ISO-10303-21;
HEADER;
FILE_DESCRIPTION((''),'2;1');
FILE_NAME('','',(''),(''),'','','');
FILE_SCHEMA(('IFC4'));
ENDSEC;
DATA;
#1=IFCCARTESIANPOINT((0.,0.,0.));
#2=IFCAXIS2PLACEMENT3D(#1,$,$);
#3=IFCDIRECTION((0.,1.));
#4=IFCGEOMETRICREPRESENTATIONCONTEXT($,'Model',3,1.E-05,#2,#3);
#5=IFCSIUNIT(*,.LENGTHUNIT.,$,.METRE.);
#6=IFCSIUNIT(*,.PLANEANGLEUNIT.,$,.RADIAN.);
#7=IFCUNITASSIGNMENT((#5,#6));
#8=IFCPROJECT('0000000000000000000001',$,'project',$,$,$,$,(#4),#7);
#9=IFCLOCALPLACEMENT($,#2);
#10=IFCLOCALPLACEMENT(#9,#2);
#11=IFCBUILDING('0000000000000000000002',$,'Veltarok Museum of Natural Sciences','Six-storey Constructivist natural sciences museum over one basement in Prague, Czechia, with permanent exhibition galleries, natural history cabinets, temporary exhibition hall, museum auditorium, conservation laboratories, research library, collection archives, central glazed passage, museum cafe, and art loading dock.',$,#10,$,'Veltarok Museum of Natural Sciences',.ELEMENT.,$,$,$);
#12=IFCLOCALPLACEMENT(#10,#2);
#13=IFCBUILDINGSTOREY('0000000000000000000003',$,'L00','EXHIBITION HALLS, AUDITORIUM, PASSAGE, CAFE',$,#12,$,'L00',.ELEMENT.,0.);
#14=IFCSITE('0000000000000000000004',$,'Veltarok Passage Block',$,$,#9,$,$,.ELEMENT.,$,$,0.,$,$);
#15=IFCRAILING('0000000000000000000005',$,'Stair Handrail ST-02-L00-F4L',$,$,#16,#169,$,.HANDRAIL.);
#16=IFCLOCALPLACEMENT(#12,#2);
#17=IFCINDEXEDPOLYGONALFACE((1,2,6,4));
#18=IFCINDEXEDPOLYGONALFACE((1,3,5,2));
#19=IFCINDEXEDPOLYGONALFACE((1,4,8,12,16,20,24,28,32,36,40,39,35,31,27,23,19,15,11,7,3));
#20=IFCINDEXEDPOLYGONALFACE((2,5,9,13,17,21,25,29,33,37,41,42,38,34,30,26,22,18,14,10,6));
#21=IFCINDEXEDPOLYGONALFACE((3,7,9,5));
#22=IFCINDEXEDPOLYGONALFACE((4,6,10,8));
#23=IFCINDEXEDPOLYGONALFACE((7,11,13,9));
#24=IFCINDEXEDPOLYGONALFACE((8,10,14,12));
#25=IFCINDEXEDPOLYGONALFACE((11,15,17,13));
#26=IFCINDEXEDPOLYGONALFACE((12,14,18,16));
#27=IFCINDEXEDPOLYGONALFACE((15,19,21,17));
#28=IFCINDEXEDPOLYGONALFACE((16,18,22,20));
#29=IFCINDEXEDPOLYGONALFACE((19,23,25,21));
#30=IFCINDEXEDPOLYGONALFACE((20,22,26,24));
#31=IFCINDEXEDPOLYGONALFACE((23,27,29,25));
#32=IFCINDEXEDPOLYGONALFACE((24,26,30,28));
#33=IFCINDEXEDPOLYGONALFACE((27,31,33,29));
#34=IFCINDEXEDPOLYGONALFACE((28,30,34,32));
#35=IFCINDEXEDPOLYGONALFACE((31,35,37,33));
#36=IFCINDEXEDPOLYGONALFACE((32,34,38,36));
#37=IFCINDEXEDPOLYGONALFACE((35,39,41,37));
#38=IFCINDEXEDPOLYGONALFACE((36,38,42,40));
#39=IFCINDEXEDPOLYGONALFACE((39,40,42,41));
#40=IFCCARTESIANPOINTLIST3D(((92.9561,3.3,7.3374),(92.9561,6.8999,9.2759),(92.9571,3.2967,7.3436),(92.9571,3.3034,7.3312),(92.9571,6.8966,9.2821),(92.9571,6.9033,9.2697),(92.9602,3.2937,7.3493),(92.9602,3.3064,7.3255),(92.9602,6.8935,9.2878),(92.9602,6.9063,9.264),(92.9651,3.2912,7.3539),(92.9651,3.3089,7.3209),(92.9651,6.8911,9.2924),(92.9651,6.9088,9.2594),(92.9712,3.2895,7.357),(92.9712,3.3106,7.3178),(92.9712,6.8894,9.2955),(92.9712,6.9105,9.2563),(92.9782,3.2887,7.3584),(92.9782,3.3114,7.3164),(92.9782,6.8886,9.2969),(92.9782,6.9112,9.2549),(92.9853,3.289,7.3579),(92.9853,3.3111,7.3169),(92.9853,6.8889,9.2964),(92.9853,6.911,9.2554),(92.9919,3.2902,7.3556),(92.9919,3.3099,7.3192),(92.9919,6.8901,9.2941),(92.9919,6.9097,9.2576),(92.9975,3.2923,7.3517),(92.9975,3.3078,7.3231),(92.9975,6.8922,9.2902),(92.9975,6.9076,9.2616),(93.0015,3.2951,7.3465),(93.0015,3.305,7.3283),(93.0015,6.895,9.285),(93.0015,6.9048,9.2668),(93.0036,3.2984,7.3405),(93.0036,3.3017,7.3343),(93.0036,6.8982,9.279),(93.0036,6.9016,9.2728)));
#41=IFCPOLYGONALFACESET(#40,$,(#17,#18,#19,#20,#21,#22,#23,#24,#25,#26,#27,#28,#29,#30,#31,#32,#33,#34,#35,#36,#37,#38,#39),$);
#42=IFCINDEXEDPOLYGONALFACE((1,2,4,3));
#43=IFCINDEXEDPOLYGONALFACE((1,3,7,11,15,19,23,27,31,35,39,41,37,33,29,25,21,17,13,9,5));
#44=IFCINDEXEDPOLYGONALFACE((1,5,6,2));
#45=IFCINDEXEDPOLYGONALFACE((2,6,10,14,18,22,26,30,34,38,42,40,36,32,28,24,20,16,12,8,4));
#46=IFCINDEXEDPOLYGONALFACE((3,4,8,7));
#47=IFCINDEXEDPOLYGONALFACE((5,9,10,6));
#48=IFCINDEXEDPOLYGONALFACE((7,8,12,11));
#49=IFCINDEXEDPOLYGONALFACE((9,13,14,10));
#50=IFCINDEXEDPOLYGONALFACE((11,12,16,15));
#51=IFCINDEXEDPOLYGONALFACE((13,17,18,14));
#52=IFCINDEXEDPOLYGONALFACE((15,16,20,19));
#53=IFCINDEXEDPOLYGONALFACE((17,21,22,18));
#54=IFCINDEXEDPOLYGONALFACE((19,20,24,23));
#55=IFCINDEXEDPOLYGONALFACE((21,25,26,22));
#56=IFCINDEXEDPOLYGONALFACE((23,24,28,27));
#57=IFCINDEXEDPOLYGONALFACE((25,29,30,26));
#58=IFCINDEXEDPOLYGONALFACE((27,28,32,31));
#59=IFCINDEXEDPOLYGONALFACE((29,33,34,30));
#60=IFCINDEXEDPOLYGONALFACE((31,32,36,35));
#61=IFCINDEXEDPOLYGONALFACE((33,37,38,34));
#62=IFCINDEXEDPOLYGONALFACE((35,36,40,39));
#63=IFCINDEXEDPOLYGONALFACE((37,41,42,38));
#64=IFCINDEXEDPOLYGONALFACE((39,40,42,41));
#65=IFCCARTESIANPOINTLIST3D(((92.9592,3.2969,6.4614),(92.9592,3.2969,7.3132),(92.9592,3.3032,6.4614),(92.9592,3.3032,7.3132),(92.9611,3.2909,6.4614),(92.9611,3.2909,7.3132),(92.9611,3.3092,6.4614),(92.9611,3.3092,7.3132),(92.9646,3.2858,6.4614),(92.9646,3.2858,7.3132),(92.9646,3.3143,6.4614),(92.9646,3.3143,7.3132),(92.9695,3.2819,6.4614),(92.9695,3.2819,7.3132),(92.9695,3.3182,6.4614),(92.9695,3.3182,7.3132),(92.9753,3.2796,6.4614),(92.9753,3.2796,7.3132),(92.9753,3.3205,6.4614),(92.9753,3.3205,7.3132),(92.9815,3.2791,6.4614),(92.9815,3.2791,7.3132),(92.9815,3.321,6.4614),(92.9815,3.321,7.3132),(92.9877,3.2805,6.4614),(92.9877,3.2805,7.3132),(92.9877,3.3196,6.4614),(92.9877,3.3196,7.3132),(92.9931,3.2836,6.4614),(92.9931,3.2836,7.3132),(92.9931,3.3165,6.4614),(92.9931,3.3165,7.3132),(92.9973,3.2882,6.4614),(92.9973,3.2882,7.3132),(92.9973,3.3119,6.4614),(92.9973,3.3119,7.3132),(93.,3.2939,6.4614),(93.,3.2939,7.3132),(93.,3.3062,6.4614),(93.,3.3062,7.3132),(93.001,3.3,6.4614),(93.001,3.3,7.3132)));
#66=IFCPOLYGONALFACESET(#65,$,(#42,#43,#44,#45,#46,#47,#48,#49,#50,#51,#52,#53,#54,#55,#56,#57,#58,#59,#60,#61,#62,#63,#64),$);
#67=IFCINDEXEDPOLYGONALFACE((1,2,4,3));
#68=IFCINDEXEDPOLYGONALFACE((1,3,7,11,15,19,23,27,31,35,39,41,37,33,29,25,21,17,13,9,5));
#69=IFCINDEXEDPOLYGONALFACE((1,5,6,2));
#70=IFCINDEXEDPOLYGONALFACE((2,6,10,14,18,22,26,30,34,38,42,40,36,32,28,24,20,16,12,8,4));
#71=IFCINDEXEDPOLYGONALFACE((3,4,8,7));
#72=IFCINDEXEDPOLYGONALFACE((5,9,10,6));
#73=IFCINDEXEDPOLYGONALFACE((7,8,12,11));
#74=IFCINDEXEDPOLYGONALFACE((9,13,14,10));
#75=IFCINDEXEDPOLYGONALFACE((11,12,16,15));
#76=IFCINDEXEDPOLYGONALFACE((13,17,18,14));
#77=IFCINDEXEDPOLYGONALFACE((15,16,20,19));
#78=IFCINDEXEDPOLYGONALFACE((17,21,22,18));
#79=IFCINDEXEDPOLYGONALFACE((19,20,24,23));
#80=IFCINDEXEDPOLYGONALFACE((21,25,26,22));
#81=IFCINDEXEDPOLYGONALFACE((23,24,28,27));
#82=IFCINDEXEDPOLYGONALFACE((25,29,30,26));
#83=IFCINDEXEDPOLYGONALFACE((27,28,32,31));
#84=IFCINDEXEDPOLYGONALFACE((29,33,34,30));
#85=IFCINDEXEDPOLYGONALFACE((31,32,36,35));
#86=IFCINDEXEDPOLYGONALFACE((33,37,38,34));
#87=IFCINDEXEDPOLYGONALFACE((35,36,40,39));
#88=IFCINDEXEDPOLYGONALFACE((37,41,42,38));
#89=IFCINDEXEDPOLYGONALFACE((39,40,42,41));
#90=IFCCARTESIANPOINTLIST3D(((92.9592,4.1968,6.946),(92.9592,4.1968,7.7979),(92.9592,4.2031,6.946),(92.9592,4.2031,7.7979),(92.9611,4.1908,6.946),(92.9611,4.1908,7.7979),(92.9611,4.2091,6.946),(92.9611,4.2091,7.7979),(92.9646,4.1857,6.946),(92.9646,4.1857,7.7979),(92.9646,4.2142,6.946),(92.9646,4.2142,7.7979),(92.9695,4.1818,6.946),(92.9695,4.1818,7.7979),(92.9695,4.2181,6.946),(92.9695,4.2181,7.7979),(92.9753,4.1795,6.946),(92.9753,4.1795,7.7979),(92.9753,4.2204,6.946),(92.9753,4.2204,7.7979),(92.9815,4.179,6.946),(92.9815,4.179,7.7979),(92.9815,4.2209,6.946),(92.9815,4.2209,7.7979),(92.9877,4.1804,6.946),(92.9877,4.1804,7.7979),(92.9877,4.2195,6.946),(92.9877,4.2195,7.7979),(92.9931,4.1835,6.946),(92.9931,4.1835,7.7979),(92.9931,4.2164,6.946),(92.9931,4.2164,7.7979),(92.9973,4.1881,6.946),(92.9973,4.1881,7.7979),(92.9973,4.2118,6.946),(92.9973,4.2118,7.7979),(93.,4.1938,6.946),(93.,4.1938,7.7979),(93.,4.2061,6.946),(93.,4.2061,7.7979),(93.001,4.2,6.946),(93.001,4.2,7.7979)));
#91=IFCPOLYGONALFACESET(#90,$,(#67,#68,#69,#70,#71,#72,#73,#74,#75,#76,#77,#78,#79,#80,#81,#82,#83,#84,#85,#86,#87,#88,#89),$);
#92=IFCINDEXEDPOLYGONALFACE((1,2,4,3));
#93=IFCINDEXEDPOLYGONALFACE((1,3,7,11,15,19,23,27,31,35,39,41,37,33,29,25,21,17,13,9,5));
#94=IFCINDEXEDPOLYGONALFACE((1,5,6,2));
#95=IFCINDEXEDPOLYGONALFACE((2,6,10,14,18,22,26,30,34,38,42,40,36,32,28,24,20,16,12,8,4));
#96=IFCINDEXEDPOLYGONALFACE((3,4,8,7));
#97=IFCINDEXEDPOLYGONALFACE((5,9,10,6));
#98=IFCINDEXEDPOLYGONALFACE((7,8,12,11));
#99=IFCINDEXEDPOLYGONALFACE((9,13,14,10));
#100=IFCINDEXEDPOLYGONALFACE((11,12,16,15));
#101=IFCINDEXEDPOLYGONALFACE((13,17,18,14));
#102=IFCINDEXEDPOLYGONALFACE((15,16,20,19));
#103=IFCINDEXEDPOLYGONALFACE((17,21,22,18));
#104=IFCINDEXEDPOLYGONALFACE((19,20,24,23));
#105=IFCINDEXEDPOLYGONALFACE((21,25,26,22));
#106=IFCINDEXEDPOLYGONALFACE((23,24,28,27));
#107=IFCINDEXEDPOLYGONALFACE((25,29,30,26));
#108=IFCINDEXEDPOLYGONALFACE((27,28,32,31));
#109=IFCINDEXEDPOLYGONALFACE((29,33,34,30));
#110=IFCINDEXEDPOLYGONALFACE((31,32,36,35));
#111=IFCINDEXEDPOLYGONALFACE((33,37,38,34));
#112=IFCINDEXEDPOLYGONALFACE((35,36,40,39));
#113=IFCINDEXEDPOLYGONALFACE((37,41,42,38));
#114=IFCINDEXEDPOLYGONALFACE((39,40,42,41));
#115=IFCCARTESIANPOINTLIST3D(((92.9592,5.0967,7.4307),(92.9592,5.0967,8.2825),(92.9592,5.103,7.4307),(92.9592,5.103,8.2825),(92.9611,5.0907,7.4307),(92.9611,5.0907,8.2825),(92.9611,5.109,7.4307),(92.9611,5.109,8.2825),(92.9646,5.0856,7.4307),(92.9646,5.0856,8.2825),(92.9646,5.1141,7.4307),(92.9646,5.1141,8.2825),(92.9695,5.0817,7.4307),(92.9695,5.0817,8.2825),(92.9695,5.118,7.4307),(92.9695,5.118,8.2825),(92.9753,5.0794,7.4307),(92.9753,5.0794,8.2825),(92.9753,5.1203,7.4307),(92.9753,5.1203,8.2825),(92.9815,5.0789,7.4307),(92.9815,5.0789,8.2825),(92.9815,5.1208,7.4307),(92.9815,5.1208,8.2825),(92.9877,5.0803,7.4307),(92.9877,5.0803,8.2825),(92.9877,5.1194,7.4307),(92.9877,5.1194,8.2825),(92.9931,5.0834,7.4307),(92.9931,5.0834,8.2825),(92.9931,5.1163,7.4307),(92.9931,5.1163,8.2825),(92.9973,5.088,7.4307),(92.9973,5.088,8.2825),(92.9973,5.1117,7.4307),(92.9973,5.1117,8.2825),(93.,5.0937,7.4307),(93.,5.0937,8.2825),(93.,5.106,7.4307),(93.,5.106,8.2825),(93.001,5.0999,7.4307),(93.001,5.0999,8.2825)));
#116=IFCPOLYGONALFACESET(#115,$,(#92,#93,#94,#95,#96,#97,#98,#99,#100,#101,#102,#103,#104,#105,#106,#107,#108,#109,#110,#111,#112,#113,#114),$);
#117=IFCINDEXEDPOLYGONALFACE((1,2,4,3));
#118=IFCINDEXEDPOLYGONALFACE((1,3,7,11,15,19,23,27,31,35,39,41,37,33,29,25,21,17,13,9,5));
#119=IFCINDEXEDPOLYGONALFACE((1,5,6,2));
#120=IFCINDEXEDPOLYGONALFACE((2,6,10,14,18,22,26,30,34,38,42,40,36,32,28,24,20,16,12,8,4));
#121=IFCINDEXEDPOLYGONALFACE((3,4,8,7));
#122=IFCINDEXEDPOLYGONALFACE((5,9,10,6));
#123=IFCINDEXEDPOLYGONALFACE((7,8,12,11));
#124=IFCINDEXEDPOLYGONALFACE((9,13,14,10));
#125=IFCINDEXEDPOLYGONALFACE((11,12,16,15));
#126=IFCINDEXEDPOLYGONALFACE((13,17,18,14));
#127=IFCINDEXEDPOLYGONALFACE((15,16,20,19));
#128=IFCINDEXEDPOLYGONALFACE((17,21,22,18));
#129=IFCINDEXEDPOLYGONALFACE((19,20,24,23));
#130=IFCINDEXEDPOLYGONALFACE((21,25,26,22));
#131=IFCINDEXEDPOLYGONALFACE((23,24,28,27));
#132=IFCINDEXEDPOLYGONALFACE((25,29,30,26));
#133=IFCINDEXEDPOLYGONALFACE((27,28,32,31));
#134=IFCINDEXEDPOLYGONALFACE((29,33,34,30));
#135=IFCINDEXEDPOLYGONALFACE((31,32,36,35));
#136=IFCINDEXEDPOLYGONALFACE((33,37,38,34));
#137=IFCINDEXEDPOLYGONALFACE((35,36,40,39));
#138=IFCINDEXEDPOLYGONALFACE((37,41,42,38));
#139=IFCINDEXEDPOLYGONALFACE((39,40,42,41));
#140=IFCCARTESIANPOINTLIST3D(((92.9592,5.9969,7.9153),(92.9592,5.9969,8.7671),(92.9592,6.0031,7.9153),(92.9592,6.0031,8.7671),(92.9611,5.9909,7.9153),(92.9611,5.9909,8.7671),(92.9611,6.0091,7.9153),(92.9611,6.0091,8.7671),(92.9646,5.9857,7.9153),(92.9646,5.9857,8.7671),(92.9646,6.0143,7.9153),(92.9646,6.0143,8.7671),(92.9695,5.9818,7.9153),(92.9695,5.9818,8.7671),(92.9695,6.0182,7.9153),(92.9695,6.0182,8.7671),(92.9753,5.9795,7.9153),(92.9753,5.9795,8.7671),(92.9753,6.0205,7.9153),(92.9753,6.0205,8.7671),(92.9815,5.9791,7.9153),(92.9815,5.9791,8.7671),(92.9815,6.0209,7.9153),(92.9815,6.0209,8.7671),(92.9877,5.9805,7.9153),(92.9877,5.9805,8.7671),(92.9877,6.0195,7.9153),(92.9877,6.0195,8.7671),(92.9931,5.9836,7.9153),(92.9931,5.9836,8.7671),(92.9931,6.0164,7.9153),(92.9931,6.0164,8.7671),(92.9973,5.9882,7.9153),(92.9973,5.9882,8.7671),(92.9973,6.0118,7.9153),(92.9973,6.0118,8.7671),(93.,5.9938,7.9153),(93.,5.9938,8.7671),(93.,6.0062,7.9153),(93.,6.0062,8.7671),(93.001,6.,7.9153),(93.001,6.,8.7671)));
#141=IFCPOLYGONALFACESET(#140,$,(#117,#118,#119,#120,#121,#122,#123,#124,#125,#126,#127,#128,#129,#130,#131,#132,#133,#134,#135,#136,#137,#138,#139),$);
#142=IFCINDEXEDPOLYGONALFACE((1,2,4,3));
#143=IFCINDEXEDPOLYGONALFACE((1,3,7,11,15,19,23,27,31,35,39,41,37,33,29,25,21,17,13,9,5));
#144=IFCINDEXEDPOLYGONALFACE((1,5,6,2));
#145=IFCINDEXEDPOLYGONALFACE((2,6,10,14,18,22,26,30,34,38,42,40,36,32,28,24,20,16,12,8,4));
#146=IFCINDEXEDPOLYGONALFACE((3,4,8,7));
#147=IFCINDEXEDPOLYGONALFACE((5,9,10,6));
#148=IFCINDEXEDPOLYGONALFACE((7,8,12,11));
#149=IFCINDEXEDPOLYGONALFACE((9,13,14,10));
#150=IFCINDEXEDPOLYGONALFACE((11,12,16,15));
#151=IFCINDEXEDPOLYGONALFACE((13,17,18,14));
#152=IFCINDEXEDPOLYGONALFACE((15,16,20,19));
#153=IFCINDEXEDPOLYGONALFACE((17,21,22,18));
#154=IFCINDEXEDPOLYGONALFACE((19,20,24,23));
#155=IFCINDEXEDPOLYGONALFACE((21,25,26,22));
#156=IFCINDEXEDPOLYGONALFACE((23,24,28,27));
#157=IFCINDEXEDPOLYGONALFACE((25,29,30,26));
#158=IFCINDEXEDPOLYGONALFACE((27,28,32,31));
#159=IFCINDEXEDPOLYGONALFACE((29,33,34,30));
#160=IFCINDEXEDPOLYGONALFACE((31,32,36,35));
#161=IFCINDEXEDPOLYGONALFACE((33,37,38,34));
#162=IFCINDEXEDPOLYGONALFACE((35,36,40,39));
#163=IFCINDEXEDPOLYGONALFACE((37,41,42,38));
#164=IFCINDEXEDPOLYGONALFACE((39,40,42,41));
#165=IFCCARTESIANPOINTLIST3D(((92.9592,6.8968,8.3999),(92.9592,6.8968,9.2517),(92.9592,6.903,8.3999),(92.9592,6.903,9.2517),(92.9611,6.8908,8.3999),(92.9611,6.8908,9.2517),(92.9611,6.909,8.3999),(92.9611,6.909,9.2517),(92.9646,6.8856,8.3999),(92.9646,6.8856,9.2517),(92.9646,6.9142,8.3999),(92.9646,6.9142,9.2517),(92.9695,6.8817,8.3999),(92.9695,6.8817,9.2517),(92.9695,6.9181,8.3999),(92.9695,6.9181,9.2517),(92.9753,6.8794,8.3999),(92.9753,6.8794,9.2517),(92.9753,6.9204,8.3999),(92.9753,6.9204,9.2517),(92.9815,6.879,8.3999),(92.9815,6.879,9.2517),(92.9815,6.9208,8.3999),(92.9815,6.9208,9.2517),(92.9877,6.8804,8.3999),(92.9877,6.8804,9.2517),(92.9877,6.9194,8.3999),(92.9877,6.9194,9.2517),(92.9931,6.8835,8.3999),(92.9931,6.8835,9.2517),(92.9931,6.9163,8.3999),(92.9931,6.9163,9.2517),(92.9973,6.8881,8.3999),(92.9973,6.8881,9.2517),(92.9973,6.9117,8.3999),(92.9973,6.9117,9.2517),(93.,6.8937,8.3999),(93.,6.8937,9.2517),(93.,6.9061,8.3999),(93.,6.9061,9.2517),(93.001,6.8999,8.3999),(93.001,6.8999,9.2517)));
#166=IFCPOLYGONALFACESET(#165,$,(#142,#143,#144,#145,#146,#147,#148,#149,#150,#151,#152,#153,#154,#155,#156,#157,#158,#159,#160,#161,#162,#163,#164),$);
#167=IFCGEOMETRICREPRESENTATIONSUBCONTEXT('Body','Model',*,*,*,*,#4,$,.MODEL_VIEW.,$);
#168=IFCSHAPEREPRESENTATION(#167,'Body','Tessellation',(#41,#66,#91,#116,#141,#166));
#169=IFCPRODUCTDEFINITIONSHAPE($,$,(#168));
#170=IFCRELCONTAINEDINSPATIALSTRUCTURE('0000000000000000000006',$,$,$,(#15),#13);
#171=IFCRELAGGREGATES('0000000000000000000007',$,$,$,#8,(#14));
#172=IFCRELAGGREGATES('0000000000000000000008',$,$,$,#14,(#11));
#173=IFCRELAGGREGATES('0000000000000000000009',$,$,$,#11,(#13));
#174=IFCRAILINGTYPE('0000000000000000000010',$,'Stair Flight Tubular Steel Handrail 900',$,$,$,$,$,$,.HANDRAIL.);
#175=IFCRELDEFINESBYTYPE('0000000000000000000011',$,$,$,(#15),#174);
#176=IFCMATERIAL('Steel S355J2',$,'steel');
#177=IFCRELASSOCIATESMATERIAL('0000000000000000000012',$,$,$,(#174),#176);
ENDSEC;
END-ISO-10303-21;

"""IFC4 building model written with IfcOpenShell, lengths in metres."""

from ifc_helpers import new_model, si_unit, direction, frame, origin, origin_2d, place, context, subcontext, project, spatial, circle, extrude, material, type_object, element, save


model = new_model("IFC4")

# Units and contexts
model_context = context("Model", 3, precision=1e-05, world=origin(), true_north=direction((0.0, 1.0)))
body_context = subcontext(model_context, "Body", "Model", "MODEL_VIEW")
ifc_project = project(units=[si_unit("LENGTHUNIT", "METRE"), si_unit("PLANEANGLEUNIT", "RADIAN")], contexts=[model_context])

# Site, building, storey
site_placement = place(None, origin())
site = spatial("IfcSite", under=ifc_project, at=site_placement, Name="Veltarok Passage Block", CompositionType="ELEMENT", RefElevation=0.0)
building_placement = place(site_placement, origin())
building = spatial("IfcBuilding", under=site, at=building_placement, Name="Veltarok Museum of Natural Sciences", Description="Six-storey Constructivist natural sciences museum over one basement in Prague, Czechia, with permanent exhibition galleries, natural history cabinets, temporary exhibition hall, museum auditorium, conservation laboratories, research library, collection archives, central glazed passage, museum cafe, and art loading dock.", LongName="Veltarok Museum of Natural Sciences", CompositionType="ELEMENT")
storey_placement = place(building_placement, origin())
storey = spatial("IfcBuildingStorey", under=building, at=storey_placement, Name="L00", Description="EXHIBITION HALLS, AUDITORIUM, PASSAGE, CAFE", LongName="L00", CompositionType="ELEMENT", Elevation=0.0)

# Railing
ifc_material_1 = material(Name="Steel S355J2", Category="steel")
railing_type_1 = type_object("IfcRailingType", Name="Stair Flight Tubular Steel Handrail 900", PredefinedType="HANDRAIL", material=ifc_material_1)
for number, where, name in (
    (1, (92.98, 3.3, 6.4614), "Stair Handrail ST-02-L00-F4L"),
):
    element("IfcRailing", number, at=place(storey_placement, frame(where)), inside=storey, type_object=railing_type_1, Name=name, PredefinedType="HANDRAIL", context=body_context, shape_type="SweptSolid", body=[
        extrude(circle(Radius=0.0239, at=origin_2d()), frame((0.0, 0.0, 0.876), z_axis=(0.0, 0.880462, 0.474118), x_axis=(-1.0, 0.0, 0.0)), (0.0, 0.0, 1.0), 4.0886),
        extrude(circle(Radius=0.021, at=origin_2d()), origin(), (0.0, 0.0, 1.0), 0.8518),
        extrude(circle(Radius=0.021, at=origin_2d()), frame((0.0, 0.8999, 0.4846)), (0.0, 0.0, 1.0), 0.8518),
        extrude(circle(Radius=0.021, at=origin_2d()), frame((0.0, 1.7998, 0.9692)), (0.0, 0.0, 1.0), 0.8518),
        extrude(circle(Radius=0.021, at=origin_2d()), frame((0.0, 2.7, 1.4539)), (0.0, 0.0, 1.0), 0.8518),
        extrude(circle(Radius=0.021, at=origin_2d()), frame((0.0, 3.5999, 1.9385)), (0.0, 0.0, 1.0), 0.8518),
    ])

save(model, "model.ifc")
